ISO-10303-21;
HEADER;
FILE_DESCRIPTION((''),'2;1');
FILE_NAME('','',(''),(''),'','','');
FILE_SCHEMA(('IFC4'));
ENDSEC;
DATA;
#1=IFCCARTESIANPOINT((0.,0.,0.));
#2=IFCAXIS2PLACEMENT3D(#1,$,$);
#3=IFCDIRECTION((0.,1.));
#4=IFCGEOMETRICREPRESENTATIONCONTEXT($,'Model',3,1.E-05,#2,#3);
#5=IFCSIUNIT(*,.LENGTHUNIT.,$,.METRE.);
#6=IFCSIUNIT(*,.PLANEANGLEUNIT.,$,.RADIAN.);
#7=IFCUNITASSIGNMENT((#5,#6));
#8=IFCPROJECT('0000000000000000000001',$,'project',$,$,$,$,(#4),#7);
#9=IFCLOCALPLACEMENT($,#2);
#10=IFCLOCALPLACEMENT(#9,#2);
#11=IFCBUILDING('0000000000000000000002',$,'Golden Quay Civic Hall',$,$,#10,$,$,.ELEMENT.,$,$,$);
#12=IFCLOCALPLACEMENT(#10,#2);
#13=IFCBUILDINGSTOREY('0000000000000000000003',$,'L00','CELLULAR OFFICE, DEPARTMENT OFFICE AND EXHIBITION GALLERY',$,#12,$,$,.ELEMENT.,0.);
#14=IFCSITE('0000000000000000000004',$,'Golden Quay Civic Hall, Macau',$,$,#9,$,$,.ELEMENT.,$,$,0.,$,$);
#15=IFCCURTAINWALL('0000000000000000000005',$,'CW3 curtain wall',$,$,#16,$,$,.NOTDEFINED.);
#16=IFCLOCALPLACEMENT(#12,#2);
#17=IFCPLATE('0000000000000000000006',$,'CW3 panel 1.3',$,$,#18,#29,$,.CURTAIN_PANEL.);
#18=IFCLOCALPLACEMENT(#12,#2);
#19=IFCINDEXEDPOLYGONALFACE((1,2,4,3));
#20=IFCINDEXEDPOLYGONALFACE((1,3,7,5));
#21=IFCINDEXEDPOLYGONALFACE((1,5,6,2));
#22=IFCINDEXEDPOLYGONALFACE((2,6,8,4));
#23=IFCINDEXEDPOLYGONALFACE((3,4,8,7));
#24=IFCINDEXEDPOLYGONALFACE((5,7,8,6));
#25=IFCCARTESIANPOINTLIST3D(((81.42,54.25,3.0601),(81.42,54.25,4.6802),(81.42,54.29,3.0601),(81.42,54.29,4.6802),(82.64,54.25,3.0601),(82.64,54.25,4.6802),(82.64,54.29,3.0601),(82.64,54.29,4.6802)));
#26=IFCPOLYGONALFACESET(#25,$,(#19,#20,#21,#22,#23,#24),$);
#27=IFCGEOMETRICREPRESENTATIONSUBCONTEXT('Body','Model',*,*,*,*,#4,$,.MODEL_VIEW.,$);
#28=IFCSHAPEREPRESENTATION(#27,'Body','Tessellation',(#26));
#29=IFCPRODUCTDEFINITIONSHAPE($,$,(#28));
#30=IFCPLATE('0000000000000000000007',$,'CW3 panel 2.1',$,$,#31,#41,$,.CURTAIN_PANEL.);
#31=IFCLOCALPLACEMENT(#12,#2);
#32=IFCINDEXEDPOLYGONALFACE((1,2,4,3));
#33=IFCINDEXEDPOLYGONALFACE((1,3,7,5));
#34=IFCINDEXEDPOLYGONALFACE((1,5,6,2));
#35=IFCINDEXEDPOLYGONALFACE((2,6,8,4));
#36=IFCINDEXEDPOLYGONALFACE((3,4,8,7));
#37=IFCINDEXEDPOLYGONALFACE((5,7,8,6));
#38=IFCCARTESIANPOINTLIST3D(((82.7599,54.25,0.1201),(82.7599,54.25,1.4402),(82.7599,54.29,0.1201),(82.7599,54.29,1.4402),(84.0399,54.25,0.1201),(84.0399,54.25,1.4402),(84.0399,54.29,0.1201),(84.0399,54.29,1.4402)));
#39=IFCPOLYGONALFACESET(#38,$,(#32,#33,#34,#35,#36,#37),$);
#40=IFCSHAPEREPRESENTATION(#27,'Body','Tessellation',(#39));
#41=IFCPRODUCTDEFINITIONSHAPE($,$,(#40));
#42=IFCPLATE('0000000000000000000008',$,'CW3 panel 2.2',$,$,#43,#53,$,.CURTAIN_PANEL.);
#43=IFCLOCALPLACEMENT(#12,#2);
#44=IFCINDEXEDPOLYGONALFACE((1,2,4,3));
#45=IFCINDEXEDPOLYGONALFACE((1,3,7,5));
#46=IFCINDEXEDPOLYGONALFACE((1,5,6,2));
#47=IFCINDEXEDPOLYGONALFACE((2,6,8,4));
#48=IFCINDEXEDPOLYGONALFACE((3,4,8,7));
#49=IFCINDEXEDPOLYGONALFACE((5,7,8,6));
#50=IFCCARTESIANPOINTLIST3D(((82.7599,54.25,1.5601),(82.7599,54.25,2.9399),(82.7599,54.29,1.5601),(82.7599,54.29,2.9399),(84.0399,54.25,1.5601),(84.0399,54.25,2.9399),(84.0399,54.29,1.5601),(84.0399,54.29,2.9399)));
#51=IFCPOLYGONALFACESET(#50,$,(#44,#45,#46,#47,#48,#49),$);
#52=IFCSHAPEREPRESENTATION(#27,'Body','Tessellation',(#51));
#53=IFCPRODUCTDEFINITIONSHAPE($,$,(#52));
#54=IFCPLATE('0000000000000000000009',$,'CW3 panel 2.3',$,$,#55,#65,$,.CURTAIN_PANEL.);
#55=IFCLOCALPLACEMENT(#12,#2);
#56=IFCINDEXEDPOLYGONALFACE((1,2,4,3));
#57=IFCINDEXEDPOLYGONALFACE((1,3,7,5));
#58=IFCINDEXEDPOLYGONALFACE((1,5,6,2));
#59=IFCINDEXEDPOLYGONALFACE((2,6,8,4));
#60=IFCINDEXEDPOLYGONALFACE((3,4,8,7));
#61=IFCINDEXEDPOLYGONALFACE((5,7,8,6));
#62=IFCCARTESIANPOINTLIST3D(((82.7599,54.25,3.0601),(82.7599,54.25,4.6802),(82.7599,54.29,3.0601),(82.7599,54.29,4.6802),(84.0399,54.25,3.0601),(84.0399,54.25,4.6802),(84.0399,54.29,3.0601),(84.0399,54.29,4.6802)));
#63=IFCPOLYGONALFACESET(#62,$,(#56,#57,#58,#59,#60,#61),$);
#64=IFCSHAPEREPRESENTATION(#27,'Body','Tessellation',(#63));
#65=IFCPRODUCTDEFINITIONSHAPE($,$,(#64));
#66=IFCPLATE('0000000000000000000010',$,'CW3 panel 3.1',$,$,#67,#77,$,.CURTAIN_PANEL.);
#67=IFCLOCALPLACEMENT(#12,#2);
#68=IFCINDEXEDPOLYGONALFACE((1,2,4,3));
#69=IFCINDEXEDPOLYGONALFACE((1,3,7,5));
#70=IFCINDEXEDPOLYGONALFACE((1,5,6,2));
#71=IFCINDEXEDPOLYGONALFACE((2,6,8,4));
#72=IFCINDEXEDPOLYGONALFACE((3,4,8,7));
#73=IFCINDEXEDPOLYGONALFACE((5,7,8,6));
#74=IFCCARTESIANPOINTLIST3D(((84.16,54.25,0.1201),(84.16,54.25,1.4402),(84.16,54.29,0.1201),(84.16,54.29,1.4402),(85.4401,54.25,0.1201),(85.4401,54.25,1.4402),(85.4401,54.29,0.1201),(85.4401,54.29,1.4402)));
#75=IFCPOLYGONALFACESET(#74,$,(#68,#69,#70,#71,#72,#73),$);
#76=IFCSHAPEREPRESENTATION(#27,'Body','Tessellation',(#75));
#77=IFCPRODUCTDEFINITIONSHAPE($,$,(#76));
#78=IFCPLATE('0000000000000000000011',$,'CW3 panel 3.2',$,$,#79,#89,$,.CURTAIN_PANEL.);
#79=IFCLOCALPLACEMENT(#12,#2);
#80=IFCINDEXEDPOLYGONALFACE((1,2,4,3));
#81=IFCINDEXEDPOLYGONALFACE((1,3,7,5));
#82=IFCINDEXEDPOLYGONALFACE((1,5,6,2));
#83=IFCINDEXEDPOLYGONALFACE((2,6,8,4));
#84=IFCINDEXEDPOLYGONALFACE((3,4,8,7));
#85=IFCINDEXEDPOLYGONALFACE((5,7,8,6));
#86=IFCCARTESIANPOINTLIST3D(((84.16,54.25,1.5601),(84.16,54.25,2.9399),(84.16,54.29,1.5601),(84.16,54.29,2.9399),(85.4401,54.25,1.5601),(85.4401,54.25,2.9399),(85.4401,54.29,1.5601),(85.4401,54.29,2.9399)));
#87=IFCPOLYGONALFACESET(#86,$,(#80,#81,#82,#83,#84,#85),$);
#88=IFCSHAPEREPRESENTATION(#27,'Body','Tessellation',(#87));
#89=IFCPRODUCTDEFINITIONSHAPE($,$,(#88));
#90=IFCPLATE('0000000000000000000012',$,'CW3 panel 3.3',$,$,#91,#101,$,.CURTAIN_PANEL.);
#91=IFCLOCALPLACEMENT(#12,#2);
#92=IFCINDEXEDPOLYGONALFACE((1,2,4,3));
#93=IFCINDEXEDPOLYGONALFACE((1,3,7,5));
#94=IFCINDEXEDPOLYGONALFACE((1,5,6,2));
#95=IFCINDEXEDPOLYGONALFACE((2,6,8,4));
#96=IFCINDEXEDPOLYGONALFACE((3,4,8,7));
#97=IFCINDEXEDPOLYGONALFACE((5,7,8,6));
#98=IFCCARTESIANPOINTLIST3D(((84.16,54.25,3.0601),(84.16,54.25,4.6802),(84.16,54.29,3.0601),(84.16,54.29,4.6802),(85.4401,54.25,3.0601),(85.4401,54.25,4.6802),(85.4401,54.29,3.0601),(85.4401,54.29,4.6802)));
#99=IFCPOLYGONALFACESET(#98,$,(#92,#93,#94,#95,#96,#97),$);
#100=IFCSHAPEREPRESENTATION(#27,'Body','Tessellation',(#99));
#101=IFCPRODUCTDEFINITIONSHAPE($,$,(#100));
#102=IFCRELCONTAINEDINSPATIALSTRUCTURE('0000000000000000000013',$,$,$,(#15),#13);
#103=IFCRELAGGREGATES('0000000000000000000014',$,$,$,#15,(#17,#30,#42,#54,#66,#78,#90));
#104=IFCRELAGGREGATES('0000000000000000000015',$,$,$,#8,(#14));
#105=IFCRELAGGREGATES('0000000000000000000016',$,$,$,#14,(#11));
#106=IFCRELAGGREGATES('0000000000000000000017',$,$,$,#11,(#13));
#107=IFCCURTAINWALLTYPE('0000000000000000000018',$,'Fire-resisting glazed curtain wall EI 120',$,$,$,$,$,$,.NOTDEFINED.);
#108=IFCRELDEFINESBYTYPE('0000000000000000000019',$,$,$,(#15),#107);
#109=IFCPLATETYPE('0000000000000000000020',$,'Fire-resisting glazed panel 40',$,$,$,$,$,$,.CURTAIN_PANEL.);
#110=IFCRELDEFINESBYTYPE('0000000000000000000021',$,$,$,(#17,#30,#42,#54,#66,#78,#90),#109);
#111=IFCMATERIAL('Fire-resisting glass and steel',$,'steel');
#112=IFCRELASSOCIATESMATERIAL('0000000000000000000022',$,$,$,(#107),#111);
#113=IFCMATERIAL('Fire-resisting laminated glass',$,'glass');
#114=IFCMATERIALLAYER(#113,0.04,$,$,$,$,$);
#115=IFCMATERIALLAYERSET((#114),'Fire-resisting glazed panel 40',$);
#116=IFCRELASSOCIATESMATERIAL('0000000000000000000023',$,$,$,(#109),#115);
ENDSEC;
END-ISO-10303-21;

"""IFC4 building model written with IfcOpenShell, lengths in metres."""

from ifc_helpers import new_model, si_unit, direction, frame, origin, origin_2d, place, context, subcontext, project, spatial, rectangle, extrude, material, layer, layer_set, type_object, element, aggregate, save


model = new_model("IFC4")

# Units and contexts
model_context = context("Model", 3, precision=1e-05, world=origin(), true_north=direction((0.0, 1.0)))
body_context = subcontext(model_context, "Body", "Model", "MODEL_VIEW")
ifc_project = project(units=[si_unit("LENGTHUNIT", "METRE"), si_unit("PLANEANGLEUNIT", "RADIAN")], contexts=[model_context])

# Site, building, storey
site_placement = place(None, origin())
site = spatial("IfcSite", under=ifc_project, at=site_placement, Name="Golden Quay Civic Hall, Macau", CompositionType="ELEMENT", RefElevation=0.0)
building_placement = place(site_placement, origin())
building = spatial("IfcBuilding", under=site, at=building_placement, Name="Golden Quay Civic Hall", CompositionType="ELEMENT")
storey_placement = place(building_placement, origin())
storey = spatial("IfcBuildingStorey", under=building, at=storey_placement, Name="L00", Description="CELLULAR OFFICE, DEPARTMENT OFFICE AND EXHIBITION GALLERY", CompositionType="ELEMENT", Elevation=0.0)

# Shared definitions
ifc_material_1 = material(Name="Fire-resisting glass and steel", Category="steel")
curtain_wall_type = type_object("IfcCurtainWallType", Name="Fire-resisting glazed curtain wall EI 120", PredefinedType="NOTDEFINED", material=ifc_material_1)

# Curtain wall
curtain_wall_1_placement = place(storey_placement, origin())
curtain_wall_1 = element("IfcCurtainWall", 1, at=curtain_wall_1_placement, inside=storey, type_object=curtain_wall_type, Name="CW3 curtain wall", PredefinedType="NOTDEFINED")

# Plates
ifc_material_2 = material(Name="Fire-resisting laminated glass", Category="glass")
ifc_layer_1 = layer(ifc_material_2, 0.04)
ifc_layer_set_1 = layer_set([ifc_layer_1], Name="Fire-resisting glazed panel 40")
plate_type = type_object("IfcPlateType", Name="Fire-resisting glazed panel 40", PredefinedType="CURTAIN_PANEL", material=ifc_layer_set_1)
plate_1_placement = place(storey_placement, frame((82.03, 54.27, 3.0601), z_axis=(0.0, 0.0, 1.0), x_axis=(1.0, 0.0, 0.0)))
plate_1 = element("IfcPlate", 2, at=plate_1_placement, type_object=plate_type, Name="CW3 panel 1.3", PredefinedType="CURTAIN_PANEL", context=body_context, shape_type="SweptSolid", body=[
    extrude(rectangle(XDim=1.22, YDim=0.04, at=origin_2d()), origin(), (0.0, 0.0, 1.0), 1.6201),
])
plate_2_placement = place(storey_placement, frame((83.3999, 54.27, 0.1201), z_axis=(0.0, 0.0, 1.0), x_axis=(1.0, 0.0, 0.0)))
plate_2 = element("IfcPlate", 3, at=plate_2_placement, type_object=plate_type, Name="CW3 panel 2.1", PredefinedType="CURTAIN_PANEL", context=body_context, shape_type="SweptSolid", body=[
    extrude(rectangle(XDim=1.28, YDim=0.04, at=origin_2d()), origin(), (0.0, 0.0, 1.0), 1.3201),
])
plate_3_placement = place(storey_placement, frame((83.3999, 54.27, 1.5601), z_axis=(0.0, 0.0, 1.0), x_axis=(1.0, 0.0, 0.0)))
plate_3 = element("IfcPlate", 4, at=plate_3_placement, type_object=plate_type, Name="CW3 panel 2.2", PredefinedType="CURTAIN_PANEL", context=body_context, shape_type="SweptSolid", body=[
    extrude(rectangle(XDim=1.28, YDim=0.04, at=origin_2d()), origin(), (0.0, 0.0, 1.0), 1.3799),
])
plate_4_placement = place(storey_placement, frame((83.3999, 54.27, 3.0601), z_axis=(0.0, 0.0, 1.0), x_axis=(1.0, 0.0, 0.0)))
plate_4 = element("IfcPlate", 5, at=plate_4_placement, type_object=plate_type, Name="CW3 panel 2.3", PredefinedType="CURTAIN_PANEL", context=body_context, shape_type="SweptSolid", body=[
    extrude(rectangle(XDim=1.28, YDim=0.04, at=origin_2d()), origin(), (0.0, 0.0, 1.0), 1.6201),
])
plate_5_placement = place(storey_placement, frame((84.8, 54.27, 0.1201), z_axis=(0.0, 0.0, 1.0), x_axis=(1.0, 0.0, 0.0)))
plate_5 = element("IfcPlate", 6, at=plate_5_placement, type_object=plate_type, Name="CW3 panel 3.1", PredefinedType="CURTAIN_PANEL", context=body_context, shape_type="SweptSolid", body=[
    extrude(rectangle(XDim=1.28, YDim=0.04, at=origin_2d()), origin(), (0.0, 0.0, 1.0), 1.3201),
])
plate_6_placement = place(storey_placement, frame((84.8, 54.27, 1.5601), z_axis=(0.0, 0.0, 1.0), x_axis=(1.0, 0.0, 0.0)))
plate_6 = element("IfcPlate", 7, at=plate_6_placement, type_object=plate_type, Name="CW3 panel 3.2", PredefinedType="CURTAIN_PANEL", context=body_context, shape_type="SweptSolid", body=[
    extrude(rectangle(XDim=1.28, YDim=0.04, at=origin_2d()), origin(), (0.0, 0.0, 1.0), 1.3799),
])
plate_7_placement = place(storey_placement, frame((84.8, 54.27, 3.0601), z_axis=(0.0, 0.0, 1.0), x_axis=(1.0, 0.0, 0.0)))
plate_7 = element("IfcPlate", 8, at=plate_7_placement, type_object=plate_type, Name="CW3 panel 3.3", PredefinedType="CURTAIN_PANEL", context=body_context, shape_type="SweptSolid", body=[
    extrude(rectangle(XDim=1.28, YDim=0.04, at=origin_2d()), origin(), (0.0, 0.0, 1.0), 1.6201),
])
aggregate(curtain_wall_1, [plate_1, plate_2, plate_3, plate_4, plate_5, plate_6, plate_7])

save(model, "model.ifc")
